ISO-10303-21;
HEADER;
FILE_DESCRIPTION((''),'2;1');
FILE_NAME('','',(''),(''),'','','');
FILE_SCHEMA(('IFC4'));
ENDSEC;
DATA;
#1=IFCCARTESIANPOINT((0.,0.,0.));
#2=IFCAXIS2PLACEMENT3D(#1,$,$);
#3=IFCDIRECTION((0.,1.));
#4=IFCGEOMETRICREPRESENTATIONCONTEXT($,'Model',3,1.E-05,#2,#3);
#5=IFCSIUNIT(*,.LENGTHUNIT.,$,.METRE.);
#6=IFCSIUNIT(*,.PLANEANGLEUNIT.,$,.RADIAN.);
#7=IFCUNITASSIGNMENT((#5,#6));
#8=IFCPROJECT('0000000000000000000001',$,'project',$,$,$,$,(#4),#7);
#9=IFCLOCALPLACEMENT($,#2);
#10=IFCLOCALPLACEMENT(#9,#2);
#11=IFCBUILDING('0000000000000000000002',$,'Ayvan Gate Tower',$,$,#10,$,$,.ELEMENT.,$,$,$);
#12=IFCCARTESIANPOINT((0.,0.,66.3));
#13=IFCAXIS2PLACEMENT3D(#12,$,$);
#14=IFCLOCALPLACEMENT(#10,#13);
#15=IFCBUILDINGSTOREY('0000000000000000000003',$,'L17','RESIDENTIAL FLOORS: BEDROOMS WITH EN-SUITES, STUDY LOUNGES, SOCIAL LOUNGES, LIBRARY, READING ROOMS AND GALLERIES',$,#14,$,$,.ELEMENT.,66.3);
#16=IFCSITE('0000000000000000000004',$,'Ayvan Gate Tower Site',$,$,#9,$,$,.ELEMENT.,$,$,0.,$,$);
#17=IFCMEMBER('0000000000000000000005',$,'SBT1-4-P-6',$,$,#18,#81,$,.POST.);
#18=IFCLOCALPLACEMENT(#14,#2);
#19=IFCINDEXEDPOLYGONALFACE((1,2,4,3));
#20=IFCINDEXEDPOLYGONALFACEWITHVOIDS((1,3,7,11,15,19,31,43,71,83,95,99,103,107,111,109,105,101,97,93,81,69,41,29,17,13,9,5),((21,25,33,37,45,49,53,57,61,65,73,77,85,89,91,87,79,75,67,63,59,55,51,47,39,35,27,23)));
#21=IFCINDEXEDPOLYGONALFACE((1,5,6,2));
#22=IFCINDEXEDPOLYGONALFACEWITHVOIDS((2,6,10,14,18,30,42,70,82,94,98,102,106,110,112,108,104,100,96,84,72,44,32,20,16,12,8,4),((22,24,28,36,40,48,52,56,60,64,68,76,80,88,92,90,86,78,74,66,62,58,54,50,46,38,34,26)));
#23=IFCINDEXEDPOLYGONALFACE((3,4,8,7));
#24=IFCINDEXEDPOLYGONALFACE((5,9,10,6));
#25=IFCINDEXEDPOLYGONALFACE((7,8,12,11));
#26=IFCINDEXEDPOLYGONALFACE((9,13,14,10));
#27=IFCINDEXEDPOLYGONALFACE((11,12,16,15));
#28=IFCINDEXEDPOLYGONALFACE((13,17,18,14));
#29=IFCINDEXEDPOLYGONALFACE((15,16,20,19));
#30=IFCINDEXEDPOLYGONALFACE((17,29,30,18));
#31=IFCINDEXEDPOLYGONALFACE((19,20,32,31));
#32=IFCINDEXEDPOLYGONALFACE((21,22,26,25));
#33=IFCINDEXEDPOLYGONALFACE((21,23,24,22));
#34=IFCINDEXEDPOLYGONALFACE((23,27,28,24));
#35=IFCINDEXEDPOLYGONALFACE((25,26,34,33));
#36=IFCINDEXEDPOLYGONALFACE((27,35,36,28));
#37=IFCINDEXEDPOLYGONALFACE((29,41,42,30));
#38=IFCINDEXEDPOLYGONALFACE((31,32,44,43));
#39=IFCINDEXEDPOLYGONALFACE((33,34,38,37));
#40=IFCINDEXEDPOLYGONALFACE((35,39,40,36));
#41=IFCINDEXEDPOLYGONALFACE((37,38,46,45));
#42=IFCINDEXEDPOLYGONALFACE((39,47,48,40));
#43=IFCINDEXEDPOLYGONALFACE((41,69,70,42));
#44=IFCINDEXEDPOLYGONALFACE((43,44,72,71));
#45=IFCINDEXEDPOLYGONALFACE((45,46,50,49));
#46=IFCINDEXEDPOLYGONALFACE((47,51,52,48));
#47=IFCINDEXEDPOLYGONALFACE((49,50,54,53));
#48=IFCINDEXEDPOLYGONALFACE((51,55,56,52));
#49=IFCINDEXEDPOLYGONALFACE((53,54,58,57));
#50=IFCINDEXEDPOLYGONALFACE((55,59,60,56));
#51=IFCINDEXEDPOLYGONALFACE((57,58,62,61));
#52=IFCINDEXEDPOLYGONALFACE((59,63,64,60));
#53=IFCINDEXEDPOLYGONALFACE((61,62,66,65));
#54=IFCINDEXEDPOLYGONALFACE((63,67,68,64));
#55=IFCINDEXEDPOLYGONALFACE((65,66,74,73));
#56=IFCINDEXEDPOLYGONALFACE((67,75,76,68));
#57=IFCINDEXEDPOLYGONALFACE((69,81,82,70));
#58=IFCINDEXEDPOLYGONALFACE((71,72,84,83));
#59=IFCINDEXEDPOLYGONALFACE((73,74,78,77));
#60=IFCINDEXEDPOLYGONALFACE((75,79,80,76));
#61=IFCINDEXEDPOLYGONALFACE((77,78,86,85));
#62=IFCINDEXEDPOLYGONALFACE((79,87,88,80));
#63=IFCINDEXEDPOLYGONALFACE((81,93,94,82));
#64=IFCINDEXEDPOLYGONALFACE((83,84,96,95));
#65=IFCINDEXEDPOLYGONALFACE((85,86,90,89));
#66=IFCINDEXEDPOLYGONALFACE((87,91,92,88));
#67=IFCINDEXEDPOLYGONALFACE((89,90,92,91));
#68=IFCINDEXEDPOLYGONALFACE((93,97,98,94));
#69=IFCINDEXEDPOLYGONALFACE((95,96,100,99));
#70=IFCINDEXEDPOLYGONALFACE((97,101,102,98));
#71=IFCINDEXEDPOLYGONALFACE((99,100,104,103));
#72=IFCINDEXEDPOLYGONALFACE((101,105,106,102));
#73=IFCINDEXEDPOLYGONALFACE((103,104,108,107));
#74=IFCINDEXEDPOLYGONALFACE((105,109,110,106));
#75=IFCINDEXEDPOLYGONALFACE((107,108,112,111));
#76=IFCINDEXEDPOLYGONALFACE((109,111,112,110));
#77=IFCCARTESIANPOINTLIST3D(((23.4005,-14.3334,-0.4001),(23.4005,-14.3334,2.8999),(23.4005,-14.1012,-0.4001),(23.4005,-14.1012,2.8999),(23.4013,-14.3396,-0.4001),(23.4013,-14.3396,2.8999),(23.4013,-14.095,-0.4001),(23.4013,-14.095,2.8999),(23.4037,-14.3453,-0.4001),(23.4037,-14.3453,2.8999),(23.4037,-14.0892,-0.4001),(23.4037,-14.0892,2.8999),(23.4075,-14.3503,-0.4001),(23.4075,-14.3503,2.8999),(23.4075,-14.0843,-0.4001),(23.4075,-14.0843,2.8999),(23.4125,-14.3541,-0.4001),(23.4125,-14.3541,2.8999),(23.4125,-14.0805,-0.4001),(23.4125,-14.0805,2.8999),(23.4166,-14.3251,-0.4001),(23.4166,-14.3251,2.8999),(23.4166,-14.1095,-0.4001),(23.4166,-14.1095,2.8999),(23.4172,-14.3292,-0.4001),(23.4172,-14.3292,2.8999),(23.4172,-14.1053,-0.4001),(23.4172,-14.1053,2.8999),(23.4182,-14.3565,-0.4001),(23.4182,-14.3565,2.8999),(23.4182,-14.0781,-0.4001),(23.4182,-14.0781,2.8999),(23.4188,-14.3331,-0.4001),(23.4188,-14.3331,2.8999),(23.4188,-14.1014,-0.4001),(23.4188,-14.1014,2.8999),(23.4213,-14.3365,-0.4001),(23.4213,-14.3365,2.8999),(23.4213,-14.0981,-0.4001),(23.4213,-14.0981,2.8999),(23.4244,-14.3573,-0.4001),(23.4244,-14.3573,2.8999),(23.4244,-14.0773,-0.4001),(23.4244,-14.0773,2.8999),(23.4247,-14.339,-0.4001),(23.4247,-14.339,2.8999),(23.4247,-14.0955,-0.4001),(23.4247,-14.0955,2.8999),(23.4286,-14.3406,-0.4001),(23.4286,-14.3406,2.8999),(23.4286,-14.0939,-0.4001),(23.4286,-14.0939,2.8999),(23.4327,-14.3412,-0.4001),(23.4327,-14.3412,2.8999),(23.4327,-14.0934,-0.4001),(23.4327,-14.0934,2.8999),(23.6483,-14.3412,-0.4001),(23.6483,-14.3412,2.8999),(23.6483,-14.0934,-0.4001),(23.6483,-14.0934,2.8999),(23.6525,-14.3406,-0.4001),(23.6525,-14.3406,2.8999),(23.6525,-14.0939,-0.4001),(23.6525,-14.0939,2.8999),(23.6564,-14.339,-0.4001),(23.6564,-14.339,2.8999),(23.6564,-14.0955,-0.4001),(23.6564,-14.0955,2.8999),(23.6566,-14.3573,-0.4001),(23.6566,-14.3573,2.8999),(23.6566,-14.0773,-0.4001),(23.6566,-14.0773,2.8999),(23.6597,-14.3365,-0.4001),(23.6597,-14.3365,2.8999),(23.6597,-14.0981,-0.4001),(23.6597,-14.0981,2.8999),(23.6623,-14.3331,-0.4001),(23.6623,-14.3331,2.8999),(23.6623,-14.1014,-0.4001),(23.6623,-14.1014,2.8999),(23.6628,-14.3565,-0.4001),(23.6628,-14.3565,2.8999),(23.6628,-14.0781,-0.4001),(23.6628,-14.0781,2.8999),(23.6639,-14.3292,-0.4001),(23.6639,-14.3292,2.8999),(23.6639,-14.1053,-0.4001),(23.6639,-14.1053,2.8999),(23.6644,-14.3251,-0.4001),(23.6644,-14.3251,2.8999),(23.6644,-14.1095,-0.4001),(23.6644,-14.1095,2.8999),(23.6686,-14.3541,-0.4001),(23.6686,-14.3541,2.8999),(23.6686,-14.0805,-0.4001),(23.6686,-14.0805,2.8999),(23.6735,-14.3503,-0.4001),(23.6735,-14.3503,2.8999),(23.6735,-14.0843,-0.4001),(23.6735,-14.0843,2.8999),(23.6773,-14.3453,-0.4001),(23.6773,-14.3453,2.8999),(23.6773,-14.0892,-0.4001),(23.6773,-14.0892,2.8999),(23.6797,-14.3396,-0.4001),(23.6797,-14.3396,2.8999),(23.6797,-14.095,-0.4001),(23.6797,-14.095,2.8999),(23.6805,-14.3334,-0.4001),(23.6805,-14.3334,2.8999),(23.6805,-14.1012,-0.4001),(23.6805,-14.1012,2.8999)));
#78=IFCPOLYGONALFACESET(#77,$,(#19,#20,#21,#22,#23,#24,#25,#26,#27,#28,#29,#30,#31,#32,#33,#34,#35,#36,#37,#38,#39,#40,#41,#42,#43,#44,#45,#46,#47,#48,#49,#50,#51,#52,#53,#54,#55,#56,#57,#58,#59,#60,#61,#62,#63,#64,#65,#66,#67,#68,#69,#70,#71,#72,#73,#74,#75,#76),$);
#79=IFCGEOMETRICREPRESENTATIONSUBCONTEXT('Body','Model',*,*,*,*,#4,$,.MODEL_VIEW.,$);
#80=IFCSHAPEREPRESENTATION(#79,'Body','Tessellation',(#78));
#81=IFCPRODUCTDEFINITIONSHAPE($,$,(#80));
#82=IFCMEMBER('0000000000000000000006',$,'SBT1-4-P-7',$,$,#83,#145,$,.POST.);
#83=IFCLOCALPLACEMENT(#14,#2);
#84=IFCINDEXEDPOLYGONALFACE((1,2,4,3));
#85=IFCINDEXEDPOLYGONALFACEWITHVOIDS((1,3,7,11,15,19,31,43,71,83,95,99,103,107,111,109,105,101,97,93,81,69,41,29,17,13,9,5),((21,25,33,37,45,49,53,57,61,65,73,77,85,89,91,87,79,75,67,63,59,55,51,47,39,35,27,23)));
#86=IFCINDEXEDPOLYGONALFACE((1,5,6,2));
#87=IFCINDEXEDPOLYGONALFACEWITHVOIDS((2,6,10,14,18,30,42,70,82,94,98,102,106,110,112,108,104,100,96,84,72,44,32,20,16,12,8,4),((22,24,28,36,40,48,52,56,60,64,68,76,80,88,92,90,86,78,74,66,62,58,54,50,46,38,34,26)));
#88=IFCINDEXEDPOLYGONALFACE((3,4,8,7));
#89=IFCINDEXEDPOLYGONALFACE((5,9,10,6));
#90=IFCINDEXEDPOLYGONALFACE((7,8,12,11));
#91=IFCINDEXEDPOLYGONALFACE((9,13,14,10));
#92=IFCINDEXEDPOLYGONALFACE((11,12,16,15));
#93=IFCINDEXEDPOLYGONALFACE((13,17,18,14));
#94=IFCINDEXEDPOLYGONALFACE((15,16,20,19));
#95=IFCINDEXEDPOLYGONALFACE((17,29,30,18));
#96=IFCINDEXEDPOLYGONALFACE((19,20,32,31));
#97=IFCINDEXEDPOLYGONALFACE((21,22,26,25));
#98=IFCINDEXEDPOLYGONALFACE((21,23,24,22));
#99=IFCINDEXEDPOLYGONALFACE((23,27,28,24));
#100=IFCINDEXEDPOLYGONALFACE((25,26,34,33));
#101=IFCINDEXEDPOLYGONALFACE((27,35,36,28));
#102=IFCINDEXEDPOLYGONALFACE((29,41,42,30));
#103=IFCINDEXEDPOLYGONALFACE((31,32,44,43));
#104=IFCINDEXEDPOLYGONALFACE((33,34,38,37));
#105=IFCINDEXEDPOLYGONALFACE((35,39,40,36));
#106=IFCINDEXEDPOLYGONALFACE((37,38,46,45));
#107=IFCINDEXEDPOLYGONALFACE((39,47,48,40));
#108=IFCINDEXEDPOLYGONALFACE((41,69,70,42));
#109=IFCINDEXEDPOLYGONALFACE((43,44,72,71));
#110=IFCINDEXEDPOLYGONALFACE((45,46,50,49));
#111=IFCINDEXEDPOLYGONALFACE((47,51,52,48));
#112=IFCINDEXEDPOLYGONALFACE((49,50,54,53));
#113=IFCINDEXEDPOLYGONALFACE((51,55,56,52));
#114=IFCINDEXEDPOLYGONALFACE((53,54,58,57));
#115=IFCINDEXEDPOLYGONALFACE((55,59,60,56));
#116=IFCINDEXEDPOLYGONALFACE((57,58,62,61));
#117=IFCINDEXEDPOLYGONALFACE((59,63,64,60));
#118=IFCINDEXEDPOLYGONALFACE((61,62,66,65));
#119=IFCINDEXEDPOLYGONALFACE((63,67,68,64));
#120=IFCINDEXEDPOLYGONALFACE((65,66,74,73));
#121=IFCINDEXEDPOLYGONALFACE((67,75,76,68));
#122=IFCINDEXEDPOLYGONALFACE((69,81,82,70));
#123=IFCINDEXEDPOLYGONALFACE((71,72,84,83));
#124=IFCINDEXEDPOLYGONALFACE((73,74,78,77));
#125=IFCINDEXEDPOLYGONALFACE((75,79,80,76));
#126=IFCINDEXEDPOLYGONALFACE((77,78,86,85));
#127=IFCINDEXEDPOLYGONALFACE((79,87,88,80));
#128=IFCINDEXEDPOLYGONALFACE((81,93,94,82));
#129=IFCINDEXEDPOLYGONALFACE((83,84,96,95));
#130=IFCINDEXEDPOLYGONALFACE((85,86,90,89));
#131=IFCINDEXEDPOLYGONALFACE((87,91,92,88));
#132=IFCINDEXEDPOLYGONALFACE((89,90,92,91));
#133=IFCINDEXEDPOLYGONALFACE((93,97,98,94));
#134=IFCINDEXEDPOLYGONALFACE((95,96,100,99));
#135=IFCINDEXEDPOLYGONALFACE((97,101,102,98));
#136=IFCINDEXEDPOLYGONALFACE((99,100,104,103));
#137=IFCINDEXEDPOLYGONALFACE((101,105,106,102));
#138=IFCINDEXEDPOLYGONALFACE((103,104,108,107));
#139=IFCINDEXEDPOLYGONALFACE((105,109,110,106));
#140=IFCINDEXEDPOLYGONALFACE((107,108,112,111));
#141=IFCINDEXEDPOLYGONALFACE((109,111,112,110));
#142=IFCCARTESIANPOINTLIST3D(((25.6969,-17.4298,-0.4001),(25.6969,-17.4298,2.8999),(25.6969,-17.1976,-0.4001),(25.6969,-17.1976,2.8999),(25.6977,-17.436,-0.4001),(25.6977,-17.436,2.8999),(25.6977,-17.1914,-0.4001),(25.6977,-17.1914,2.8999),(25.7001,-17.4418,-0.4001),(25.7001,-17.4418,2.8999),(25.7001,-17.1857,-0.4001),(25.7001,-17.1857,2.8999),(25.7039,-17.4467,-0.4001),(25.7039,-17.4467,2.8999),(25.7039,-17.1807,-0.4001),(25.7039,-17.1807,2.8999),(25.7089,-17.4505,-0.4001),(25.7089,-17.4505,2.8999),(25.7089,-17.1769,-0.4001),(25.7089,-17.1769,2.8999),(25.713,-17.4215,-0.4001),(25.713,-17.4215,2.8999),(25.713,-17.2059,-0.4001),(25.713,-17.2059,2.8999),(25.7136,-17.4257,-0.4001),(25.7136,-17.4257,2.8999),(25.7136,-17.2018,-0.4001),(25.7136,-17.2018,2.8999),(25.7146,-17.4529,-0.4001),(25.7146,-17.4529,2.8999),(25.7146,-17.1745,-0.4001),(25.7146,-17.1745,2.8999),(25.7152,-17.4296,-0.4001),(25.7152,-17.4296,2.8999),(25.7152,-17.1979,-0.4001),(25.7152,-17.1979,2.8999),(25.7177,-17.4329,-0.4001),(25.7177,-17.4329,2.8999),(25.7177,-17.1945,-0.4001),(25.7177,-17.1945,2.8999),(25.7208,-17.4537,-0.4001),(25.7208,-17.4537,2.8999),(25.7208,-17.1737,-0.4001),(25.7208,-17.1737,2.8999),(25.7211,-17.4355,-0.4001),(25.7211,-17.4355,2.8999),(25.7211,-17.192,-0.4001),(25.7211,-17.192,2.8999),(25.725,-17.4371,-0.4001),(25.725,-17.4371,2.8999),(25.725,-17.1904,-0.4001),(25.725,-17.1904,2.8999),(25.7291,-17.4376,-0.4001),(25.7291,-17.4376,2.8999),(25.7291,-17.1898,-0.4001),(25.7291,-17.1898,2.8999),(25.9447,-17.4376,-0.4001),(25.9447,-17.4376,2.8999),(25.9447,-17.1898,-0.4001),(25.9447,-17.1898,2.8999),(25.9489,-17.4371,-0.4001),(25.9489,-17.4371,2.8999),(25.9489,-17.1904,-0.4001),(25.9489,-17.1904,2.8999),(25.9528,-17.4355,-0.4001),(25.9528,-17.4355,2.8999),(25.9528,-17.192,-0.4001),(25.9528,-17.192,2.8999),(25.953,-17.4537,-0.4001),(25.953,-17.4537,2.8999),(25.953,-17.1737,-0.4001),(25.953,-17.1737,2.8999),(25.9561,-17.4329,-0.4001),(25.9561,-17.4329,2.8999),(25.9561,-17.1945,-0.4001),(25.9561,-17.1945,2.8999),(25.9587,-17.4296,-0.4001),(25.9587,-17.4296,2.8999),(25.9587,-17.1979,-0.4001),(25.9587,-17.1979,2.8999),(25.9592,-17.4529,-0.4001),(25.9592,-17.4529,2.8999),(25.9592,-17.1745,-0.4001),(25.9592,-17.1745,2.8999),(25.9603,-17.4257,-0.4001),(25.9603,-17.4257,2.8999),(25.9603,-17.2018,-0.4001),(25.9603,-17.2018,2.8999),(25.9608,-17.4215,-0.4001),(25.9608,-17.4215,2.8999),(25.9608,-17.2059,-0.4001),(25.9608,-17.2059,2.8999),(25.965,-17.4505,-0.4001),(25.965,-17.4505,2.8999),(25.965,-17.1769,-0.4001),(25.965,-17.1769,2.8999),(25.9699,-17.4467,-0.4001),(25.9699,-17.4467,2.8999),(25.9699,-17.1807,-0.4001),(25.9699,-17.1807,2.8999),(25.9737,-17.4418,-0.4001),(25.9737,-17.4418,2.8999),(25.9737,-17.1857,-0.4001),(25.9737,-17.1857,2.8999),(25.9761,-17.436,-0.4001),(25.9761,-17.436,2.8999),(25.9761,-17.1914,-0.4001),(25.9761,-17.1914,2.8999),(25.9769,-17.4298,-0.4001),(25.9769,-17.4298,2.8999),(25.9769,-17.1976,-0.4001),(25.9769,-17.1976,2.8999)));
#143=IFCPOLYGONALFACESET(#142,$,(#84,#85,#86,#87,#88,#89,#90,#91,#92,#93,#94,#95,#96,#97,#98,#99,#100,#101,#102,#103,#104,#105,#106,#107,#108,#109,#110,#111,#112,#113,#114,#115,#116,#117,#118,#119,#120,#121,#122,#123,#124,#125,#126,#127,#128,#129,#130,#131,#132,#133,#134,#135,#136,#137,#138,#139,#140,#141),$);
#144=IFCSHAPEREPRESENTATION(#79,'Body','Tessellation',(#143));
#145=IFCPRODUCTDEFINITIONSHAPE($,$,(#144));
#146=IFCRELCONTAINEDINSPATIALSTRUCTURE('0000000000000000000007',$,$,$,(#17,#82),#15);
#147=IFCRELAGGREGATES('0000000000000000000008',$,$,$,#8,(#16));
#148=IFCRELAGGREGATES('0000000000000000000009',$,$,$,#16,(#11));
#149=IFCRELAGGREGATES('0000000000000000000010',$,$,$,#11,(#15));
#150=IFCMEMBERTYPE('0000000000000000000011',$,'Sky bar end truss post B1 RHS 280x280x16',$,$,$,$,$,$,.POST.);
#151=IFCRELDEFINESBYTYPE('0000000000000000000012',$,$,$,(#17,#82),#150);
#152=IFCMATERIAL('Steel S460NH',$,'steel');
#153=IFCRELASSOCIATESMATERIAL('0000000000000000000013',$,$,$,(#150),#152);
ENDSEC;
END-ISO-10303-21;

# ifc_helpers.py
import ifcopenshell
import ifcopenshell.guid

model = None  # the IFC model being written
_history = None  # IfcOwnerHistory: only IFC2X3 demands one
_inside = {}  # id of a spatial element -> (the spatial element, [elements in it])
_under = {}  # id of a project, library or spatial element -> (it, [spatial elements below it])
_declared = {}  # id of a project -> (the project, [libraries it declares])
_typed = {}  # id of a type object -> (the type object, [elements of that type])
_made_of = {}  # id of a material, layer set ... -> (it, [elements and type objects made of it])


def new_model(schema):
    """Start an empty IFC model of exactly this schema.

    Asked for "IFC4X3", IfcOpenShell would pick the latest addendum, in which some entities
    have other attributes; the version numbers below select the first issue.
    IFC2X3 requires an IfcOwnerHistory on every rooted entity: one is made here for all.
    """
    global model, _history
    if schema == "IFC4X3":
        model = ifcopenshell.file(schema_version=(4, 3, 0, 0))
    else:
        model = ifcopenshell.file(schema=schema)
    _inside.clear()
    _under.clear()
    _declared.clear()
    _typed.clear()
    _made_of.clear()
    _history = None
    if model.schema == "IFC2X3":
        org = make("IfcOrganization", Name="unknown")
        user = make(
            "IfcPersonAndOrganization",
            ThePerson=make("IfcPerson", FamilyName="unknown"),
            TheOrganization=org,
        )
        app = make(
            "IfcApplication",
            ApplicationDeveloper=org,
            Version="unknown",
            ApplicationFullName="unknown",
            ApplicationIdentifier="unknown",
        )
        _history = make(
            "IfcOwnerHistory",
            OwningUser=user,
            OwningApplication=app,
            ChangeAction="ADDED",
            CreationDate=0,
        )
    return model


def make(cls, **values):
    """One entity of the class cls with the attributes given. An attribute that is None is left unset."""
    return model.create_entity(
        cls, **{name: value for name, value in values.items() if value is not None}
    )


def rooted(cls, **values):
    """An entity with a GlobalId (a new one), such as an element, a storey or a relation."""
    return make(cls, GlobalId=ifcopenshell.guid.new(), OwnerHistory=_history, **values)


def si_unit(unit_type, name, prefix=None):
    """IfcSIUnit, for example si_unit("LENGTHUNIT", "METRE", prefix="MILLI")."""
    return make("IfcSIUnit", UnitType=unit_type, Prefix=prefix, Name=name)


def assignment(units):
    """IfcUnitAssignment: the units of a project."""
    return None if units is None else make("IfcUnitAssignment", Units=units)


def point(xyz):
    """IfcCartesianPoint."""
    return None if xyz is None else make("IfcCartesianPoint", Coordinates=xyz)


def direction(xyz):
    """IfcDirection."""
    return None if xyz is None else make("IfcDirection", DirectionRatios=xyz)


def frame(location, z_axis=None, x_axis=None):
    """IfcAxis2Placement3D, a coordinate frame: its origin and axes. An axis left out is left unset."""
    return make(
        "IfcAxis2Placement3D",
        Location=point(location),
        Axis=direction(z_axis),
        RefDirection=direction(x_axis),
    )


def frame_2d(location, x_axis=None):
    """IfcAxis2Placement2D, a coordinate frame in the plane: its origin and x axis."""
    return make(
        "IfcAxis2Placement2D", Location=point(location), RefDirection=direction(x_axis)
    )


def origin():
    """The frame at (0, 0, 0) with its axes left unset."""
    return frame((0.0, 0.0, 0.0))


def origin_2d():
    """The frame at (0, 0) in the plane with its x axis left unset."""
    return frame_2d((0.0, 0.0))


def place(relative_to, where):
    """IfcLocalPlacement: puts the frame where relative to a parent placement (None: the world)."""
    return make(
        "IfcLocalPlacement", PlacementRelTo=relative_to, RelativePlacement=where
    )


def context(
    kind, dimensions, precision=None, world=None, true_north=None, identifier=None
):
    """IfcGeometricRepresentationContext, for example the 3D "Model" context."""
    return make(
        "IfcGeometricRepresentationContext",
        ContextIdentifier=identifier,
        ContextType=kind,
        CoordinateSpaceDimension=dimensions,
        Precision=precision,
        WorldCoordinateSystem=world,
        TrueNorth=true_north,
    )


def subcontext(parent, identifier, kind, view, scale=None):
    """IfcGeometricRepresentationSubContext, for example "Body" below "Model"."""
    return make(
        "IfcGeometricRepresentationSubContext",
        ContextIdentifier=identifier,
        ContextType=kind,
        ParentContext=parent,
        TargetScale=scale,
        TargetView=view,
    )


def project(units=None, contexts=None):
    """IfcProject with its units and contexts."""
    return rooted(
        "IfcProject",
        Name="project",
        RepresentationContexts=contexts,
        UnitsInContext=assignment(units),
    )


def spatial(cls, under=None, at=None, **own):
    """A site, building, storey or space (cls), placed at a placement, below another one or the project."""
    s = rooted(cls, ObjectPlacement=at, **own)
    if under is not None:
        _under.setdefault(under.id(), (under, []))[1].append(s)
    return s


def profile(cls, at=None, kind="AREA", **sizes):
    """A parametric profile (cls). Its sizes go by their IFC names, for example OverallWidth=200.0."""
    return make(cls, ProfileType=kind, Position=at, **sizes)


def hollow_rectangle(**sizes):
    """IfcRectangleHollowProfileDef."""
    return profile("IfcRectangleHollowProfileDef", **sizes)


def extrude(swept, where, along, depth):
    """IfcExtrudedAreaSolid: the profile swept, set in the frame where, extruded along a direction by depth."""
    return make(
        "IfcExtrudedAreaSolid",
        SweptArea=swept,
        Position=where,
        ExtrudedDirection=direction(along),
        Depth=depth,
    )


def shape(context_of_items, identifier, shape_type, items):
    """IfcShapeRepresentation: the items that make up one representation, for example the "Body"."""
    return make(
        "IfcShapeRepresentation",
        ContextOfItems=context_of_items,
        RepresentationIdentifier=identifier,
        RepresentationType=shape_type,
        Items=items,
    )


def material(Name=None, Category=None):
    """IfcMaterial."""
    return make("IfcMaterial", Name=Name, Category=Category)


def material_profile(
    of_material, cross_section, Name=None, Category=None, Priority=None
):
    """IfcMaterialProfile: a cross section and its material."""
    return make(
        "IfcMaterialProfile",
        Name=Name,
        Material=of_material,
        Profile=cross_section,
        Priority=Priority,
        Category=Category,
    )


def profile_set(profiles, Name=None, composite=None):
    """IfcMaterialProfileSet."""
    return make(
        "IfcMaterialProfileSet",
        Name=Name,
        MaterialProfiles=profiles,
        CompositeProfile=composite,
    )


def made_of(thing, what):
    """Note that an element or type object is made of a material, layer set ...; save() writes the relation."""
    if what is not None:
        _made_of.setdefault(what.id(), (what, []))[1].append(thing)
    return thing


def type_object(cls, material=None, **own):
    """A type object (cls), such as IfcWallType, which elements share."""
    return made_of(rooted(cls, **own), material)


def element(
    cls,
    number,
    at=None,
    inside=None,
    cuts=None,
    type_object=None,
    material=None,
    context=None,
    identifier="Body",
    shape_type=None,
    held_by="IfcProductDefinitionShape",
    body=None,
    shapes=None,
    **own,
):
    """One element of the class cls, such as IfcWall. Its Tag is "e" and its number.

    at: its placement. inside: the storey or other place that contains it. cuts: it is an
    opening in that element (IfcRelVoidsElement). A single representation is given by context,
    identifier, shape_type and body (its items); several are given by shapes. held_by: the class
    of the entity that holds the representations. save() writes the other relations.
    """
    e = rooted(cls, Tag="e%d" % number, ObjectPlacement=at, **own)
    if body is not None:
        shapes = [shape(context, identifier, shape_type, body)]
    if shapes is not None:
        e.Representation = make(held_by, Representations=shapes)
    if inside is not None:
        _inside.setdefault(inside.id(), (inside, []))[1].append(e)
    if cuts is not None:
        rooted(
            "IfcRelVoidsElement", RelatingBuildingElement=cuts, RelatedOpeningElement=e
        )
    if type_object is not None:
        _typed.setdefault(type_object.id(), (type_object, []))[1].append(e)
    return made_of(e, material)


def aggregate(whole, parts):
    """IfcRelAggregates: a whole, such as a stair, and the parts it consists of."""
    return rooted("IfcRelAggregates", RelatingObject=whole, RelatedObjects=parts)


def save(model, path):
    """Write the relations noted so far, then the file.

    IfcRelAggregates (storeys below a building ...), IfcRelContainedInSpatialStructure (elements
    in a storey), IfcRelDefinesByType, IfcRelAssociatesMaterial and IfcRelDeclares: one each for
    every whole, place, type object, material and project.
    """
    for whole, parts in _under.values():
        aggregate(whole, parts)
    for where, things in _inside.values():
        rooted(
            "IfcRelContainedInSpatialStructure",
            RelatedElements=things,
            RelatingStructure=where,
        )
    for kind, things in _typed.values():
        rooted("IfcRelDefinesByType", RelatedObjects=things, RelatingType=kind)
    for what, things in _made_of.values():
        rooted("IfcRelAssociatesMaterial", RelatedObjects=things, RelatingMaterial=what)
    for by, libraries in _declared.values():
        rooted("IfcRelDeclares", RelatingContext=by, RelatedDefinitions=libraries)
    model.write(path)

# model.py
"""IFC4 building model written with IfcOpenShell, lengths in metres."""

from ifc_helpers import new_model, si_unit, direction, frame, origin, origin_2d, place, context, subcontext, project, spatial, hollow_rectangle, extrude, material, material_profile, profile_set, type_object, element, save


model = new_model("IFC4")

# Units and contexts
model_context = context("Model", 3, precision=1e-05, world=origin(), true_north=direction((0.0, 1.0)))
body_context = subcontext(model_context, "Body", "Model", "MODEL_VIEW")
ifc_project = project(units=[si_unit("LENGTHUNIT", "METRE"), si_unit("PLANEANGLEUNIT", "RADIAN")], contexts=[model_context])

# Site, building, storey
site_placement = place(None, origin())
site = spatial("IfcSite", under=ifc_project, at=site_placement, Name="Ayvan Gate Tower Site", CompositionType="ELEMENT", RefElevation=0.0)
building_placement = place(site_placement, origin())
building = spatial("IfcBuilding", under=site, at=building_placement, Name="Ayvan Gate Tower", CompositionType="ELEMENT")
storey_placement = place(building_placement, frame((0.0, 0.0, 66.3)))
storey = spatial("IfcBuildingStorey", under=building, at=storey_placement, Name="L17", Description="RESIDENTIAL FLOORS: BEDROOMS WITH EN-SUITES, STUDY LOUNGES, SOCIAL LOUNGES, LIBRARY, READING ROOMS AND GALLERIES", CompositionType="ELEMENT", Elevation=66.3)

# Members
ifc_material_1 = material(Name="Steel S460NH", Category="steel")
ifc_material_profile_1 = material_profile(ifc_material_1, hollow_rectangle(XDim=0.28, YDim=0.28, WallThickness=0.0161, InnerFilletRadius=0.0161, OuterFilletRadius=0.0239, at=origin_2d()), Name="RHS 280x280x16")
ifc_profile_set_1 = profile_set([ifc_material_profile_1], Name="Steel S460NH")
member_type_1 = type_object("IfcMemberType", Name="Sky bar end truss post B1 RHS 280x280x16", PredefinedType="POST", material=ifc_profile_set_1)
for number, where, z_axis, x_axis, name in (
    (1, (23.5405, -14.2173, -0.4001), (0.0, 0.0, 1.0), (1.0, 0.0, 0.0), "SBT1-4-P-6"),
    (2, (25.8369, -17.3137, -0.4001), (0.0, 0.0, 1.0), (1.0, 0.0, 0.0), "SBT1-4-P-7"),
):
    element("IfcMember", number, at=place(storey_placement, frame(where, z_axis=z_axis, x_axis=x_axis)), inside=storey, type_object=member_type_1, Name=name, PredefinedType="POST", context=body_context, shape_type="SweptSolid", body=[
        extrude(hollow_rectangle(XDim=0.28, YDim=0.28, WallThickness=0.0161, InnerFilletRadius=0.0161, OuterFilletRadius=0.0239, at=origin_2d()), origin(), (0.0, 0.0, 1.0), 3.3),
    ])

save(model, "model.ifc")
